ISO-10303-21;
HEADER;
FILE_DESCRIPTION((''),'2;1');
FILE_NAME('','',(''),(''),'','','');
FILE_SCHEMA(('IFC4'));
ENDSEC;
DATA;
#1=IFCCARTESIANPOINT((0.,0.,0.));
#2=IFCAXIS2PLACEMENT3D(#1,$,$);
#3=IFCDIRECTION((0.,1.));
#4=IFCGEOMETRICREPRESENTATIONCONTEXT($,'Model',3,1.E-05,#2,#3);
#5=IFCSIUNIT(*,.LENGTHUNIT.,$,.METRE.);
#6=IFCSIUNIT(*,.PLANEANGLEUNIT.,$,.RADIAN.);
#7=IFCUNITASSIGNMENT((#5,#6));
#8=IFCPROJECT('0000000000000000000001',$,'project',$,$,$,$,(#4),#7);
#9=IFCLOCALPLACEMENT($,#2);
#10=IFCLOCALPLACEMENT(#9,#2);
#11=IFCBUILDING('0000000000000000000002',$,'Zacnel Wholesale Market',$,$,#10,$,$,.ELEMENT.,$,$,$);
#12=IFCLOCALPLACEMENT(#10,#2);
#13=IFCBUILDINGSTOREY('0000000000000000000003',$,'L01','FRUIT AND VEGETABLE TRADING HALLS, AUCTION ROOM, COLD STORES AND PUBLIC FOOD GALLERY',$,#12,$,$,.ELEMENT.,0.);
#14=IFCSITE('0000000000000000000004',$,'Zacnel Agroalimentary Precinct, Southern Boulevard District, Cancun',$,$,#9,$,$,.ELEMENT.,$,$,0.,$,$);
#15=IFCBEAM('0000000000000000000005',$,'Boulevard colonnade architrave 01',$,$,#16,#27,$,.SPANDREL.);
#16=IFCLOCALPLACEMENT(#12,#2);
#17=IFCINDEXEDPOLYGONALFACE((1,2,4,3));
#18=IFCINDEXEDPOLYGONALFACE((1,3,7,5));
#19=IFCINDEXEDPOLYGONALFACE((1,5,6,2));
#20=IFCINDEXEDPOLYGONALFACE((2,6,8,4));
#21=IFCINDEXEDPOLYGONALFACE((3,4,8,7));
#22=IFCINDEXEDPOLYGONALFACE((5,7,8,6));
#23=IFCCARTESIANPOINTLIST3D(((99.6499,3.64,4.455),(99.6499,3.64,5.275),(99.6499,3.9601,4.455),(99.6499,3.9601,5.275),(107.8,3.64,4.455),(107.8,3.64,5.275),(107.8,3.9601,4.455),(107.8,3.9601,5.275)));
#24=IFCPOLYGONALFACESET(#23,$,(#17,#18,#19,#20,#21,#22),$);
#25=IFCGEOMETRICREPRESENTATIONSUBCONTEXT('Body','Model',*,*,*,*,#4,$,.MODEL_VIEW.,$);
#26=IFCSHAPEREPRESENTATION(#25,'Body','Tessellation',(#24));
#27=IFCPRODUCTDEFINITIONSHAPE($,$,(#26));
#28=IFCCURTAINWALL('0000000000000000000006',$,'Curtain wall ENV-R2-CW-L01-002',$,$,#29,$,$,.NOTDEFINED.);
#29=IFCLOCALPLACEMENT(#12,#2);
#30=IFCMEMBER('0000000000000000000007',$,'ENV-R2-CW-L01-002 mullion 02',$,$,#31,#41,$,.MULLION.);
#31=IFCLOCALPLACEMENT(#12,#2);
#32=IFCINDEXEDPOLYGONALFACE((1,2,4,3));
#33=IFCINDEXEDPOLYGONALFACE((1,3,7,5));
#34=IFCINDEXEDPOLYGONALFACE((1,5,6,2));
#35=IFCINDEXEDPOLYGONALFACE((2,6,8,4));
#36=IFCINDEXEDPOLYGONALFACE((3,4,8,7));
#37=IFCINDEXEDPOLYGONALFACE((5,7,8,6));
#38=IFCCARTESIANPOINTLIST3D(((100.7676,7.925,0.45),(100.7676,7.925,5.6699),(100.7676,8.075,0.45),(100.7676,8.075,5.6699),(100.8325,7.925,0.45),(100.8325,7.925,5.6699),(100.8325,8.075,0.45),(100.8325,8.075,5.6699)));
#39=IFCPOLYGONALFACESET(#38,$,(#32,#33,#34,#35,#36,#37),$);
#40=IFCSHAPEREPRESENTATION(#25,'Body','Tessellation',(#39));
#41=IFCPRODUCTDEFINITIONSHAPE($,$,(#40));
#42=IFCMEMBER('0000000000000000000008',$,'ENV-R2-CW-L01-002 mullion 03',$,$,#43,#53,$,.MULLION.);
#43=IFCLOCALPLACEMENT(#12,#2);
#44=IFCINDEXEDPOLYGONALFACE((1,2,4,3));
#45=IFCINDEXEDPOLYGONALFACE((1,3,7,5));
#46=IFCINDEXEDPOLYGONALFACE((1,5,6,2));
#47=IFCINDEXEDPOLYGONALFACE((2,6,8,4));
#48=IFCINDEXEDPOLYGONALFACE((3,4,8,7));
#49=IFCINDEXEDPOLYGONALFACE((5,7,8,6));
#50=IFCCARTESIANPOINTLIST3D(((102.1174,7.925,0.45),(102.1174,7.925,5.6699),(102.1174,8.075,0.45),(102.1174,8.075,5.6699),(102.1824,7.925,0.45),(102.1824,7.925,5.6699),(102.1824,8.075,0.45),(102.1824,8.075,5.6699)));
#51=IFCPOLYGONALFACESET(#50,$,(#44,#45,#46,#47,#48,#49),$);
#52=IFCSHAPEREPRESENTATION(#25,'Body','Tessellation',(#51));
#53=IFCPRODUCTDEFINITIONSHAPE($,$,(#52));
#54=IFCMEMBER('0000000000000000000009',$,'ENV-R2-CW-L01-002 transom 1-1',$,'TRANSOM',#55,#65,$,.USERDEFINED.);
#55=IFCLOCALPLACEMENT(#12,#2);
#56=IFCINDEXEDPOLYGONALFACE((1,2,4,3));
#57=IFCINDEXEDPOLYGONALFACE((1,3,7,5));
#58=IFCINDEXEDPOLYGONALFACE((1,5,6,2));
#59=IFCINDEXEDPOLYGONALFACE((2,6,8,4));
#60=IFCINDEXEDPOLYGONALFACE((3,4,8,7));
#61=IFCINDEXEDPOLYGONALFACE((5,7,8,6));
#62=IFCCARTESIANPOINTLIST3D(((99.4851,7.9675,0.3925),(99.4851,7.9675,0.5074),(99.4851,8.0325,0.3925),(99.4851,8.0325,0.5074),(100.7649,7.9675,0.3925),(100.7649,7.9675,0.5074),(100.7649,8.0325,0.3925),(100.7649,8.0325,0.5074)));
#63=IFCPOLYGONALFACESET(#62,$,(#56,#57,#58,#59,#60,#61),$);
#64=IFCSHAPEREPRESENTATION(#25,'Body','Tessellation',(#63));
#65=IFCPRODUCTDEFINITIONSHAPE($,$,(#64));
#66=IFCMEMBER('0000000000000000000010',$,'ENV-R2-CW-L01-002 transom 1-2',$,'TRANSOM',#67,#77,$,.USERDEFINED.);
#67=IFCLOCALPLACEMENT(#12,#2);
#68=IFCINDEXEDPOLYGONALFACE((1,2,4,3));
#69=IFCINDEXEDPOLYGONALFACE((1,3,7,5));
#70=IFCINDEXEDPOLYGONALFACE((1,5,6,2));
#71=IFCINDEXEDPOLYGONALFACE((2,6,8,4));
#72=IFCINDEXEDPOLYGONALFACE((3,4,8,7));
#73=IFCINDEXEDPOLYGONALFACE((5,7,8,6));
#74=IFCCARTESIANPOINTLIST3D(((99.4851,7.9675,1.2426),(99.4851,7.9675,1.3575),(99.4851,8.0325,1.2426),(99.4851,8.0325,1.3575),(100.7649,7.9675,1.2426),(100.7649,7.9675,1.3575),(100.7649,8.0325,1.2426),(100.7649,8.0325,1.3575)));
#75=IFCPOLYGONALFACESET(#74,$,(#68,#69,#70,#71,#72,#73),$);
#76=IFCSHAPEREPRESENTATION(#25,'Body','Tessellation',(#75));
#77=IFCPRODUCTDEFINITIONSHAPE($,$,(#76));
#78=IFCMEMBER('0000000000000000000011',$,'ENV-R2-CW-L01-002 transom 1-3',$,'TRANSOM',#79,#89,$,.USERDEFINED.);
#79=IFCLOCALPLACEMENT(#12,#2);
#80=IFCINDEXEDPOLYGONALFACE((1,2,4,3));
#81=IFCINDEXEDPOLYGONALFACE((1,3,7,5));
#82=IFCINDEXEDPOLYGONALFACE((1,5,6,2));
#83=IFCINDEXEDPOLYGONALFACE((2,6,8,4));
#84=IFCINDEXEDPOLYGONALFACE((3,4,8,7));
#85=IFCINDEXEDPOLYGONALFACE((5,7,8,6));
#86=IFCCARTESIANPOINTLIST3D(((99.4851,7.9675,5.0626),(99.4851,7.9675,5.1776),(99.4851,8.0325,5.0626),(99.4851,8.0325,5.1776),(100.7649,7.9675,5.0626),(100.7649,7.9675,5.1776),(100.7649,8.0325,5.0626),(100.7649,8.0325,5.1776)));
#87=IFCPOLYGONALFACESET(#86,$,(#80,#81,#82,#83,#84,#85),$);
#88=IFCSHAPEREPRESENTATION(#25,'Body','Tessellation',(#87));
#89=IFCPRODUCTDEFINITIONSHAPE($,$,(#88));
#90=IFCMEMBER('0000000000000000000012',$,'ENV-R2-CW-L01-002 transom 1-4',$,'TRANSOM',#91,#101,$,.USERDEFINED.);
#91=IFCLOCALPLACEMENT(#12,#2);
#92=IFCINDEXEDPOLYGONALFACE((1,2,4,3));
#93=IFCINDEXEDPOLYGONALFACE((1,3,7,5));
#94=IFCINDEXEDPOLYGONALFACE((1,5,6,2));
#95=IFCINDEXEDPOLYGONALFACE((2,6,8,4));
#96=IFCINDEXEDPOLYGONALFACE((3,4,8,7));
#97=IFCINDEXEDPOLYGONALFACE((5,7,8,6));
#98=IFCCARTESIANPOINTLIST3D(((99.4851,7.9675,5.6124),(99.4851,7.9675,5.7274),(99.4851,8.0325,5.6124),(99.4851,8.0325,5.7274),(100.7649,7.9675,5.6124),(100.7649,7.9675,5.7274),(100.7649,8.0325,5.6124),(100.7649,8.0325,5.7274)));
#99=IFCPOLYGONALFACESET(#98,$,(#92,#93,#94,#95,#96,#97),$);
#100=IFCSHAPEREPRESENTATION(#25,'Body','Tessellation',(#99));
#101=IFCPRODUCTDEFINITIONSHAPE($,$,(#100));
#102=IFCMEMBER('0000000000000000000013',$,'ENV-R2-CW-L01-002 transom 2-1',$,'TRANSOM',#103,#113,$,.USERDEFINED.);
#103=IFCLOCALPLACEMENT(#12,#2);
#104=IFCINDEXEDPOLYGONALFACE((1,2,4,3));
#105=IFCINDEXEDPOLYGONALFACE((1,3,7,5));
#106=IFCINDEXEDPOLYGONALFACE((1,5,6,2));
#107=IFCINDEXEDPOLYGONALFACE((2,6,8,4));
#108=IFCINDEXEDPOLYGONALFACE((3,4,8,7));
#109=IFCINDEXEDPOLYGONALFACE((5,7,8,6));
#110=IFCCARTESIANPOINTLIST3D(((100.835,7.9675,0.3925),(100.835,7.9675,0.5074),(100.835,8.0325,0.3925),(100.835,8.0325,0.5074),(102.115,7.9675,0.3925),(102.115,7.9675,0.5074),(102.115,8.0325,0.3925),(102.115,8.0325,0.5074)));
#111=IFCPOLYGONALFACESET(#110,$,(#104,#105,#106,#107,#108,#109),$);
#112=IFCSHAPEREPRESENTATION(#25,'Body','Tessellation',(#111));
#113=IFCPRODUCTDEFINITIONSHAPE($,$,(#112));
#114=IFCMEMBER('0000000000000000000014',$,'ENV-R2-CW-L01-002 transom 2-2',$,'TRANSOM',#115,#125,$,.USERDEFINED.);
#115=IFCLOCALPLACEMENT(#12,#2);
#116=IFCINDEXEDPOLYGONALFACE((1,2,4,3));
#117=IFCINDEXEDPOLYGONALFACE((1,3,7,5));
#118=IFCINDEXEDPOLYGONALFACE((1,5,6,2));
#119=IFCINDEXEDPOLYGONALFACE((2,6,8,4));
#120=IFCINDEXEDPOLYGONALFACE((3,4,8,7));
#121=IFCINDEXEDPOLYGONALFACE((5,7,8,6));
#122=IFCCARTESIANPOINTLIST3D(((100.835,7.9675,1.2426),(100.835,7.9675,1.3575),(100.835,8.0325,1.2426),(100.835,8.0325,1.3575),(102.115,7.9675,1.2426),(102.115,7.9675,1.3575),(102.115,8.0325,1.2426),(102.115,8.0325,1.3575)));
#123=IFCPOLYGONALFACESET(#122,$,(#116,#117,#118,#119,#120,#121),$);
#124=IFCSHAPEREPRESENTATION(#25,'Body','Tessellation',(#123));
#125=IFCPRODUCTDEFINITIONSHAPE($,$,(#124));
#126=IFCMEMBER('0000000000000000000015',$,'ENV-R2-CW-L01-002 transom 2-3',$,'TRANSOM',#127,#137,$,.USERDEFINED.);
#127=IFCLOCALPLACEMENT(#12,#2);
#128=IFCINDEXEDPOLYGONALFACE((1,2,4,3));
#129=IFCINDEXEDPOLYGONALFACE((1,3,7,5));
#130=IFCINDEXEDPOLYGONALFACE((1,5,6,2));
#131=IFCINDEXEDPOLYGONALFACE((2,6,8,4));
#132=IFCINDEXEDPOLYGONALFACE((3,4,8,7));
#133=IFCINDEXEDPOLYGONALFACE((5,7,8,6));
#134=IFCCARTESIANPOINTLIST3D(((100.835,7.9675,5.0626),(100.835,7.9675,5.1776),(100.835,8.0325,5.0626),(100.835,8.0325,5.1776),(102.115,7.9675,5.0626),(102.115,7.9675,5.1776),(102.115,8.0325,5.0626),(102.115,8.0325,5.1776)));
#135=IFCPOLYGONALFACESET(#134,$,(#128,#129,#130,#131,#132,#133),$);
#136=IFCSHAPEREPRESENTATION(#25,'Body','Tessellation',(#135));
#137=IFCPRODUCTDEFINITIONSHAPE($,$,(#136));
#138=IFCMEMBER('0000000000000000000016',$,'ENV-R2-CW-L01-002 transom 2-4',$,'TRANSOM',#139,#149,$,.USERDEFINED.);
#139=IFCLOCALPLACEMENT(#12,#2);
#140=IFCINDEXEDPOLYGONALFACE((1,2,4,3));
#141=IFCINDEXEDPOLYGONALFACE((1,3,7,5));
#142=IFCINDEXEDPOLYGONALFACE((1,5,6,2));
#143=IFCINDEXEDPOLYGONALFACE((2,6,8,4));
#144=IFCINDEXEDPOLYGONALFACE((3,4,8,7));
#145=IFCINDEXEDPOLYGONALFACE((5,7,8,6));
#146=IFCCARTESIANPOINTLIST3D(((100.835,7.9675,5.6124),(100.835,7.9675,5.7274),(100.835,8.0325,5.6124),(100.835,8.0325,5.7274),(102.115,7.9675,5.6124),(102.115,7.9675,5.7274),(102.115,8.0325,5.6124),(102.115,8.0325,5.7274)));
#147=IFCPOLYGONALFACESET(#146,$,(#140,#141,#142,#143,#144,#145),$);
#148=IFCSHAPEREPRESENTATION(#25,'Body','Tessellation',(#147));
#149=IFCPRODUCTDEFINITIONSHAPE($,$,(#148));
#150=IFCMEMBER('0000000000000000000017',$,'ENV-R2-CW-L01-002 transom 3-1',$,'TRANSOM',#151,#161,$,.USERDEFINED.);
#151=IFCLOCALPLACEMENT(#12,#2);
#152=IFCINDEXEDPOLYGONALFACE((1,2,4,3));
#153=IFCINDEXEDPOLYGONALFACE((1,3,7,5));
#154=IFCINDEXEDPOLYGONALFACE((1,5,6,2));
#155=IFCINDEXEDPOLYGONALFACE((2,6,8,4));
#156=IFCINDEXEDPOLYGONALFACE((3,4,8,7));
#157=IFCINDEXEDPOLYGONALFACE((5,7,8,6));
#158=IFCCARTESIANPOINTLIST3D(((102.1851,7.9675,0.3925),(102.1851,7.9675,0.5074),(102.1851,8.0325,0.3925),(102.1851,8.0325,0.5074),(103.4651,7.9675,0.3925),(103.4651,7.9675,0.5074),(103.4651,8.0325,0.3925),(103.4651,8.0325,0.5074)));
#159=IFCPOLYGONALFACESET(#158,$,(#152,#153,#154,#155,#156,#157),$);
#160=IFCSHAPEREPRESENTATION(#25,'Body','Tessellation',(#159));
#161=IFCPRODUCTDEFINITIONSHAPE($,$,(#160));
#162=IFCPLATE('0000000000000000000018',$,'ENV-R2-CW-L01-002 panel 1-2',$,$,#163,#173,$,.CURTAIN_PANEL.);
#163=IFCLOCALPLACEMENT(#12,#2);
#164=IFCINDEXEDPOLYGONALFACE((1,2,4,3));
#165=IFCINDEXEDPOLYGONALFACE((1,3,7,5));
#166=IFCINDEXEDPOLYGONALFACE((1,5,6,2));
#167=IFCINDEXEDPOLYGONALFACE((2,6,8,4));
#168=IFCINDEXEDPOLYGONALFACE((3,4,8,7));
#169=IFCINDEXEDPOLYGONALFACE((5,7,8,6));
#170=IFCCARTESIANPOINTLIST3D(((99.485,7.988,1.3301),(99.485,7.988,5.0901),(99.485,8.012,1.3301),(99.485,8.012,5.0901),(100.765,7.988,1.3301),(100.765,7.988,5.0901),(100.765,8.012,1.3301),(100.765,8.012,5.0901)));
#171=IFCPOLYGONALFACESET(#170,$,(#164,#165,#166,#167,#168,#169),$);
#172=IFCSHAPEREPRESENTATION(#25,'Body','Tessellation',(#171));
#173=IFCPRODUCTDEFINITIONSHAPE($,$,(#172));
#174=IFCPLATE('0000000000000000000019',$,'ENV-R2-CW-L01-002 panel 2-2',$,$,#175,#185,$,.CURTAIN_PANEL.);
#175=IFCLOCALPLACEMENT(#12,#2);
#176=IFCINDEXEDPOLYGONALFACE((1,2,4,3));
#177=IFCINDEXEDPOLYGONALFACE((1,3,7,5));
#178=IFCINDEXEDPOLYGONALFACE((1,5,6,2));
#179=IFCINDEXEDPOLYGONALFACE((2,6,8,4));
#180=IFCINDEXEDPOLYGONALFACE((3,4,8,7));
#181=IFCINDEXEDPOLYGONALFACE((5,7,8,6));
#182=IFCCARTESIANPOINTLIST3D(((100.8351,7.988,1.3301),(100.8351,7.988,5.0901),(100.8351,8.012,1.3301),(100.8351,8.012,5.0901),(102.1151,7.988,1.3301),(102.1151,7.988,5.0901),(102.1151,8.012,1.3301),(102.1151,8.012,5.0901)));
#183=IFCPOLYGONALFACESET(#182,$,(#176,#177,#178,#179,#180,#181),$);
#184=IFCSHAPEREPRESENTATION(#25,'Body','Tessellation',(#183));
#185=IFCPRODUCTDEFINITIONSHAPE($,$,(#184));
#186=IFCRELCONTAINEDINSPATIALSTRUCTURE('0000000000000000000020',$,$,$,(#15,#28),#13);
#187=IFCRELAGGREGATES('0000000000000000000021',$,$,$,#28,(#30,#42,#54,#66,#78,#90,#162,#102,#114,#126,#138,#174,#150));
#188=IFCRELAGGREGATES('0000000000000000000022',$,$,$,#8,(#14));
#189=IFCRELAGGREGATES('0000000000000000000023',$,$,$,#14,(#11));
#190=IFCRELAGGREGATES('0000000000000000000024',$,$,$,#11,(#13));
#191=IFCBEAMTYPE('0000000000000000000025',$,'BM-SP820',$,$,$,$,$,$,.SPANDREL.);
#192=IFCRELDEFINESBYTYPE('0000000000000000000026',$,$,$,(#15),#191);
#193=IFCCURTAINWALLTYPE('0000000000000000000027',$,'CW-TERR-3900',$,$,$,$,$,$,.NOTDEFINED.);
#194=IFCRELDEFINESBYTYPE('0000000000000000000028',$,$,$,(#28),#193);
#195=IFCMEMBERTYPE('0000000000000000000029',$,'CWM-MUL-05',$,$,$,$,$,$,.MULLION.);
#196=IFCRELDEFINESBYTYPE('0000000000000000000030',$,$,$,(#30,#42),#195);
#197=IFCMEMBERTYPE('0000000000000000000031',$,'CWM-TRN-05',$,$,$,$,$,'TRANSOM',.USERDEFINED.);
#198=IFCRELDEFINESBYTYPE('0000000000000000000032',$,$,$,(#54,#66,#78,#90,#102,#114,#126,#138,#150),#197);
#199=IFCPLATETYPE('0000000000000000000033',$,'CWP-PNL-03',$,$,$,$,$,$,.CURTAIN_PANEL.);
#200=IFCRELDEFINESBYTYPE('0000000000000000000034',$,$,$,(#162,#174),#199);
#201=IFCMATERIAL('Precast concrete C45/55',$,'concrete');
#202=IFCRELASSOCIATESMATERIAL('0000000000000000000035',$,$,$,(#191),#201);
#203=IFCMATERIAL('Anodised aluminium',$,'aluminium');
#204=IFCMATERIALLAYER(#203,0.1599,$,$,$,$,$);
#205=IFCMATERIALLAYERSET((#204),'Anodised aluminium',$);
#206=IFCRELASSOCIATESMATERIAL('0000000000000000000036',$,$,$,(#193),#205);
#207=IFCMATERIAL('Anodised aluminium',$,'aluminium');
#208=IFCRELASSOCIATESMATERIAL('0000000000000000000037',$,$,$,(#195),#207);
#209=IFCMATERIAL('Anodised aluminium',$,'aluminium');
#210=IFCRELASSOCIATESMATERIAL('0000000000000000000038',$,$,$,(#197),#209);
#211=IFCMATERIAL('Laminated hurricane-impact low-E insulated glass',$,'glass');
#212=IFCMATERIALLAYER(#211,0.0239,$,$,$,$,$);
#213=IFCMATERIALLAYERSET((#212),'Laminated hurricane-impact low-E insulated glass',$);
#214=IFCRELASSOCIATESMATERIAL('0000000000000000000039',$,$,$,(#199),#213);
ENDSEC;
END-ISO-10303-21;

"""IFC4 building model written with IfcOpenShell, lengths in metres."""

from ifc_helpers import new_model, si_unit, direction, frame, origin, origin_2d, place, context, subcontext, project, spatial, rectangle, extrude, material, layer, layer_set, material_profile, profile_set, type_object, element, aggregate, save


model = new_model("IFC4")

# Units and contexts
model_context = context("Model", 3, precision=1e-05, world=origin(), true_north=direction((0.0, 1.0)))
body_context = subcontext(model_context, "Body", "Model", "MODEL_VIEW")
ifc_project = project(units=[si_unit("LENGTHUNIT", "METRE"), si_unit("PLANEANGLEUNIT", "RADIAN")], contexts=[model_context])

# Site, building, storey
site_placement = place(None, origin())
site = spatial("IfcSite", under=ifc_project, at=site_placement, Name="Zacnel Agroalimentary Precinct, Southern Boulevard District, Cancun", CompositionType="ELEMENT", RefElevation=0.0)
building_placement = place(site_placement, origin())
building = spatial("IfcBuilding", under=site, at=building_placement, Name="Zacnel Wholesale Market", CompositionType="ELEMENT")
storey_placement = place(building_placement, origin())
storey = spatial("IfcBuildingStorey", under=building, at=storey_placement, Name="L01", Description="FRUIT AND VEGETABLE TRADING HALLS, AUCTION ROOM, COLD STORES AND PUBLIC FOOD GALLERY", CompositionType="ELEMENT", Elevation=0.0)

# Beam
ifc_material_1 = material(Name="Precast concrete C45/55", Category="concrete")
ifc_material_profile_1 = material_profile(ifc_material_1, rectangle(XDim=0.3201, YDim=0.8201, at=origin_2d()), Name="SP 320x820")
ifc_profile_set_1 = profile_set([ifc_material_profile_1], Name="Precast concrete C45/55")
beam_type = type_object("IfcBeamType", Name="BM-SP820", PredefinedType="SPANDREL", material=ifc_profile_set_1)
beam_placement = place(storey_placement, frame((99.6499, 3.8, 4.865), z_axis=(1.0, 0.0, 0.0), x_axis=(0.0, 1.0, 0.0)))
element("IfcBeam", 1, at=beam_placement, inside=storey, type_object=beam_type, Name="Boulevard colonnade architrave 01", PredefinedType="SPANDREL", context=body_context, shape_type="SweptSolid", body=[
    extrude(rectangle(XDim=0.3201, YDim=0.8201, at=origin_2d()), origin(), (0.0, 0.0, 1.0), 8.1501),
])

# Curtain wall, members, plates
ifc_material_2 = material(Name="Anodised aluminium", Category="aluminium")
ifc_layer_1 = layer(ifc_material_2, 0.1599)
ifc_layer_set_1 = layer_set([ifc_layer_1], Name="Anodised aluminium")
curtain_wall_type = type_object("IfcCurtainWallType", Name="CW-TERR-3900", PredefinedType="NOTDEFINED", material=ifc_layer_set_1)
curtain_wall_placement = place(storey_placement, origin())
curtain_wall = element("IfcCurtainWall", 2, at=curtain_wall_placement, inside=storey, type_object=curtain_wall_type, Name="Curtain wall ENV-R2-CW-L01-002", PredefinedType="NOTDEFINED")
ifc_material_3 = material(Name="Anodised aluminium", Category="aluminium")
ifc_material_profile_2 = material_profile(ifc_material_3, rectangle(XDim=0.0649, YDim=0.1499, at=origin_2d()), Name="AW-MULLION 65x150")
ifc_profile_set_2 = profile_set([ifc_material_profile_2], Name="Anodised aluminium")
member_type_1 = type_object("IfcMemberType", Name="CWM-MUL-05", PredefinedType="MULLION", material=ifc_profile_set_2)
member_1_placement = place(storey_placement, frame((100.8, 8.0, 0.45), z_axis=(0.0, 0.0, 1.0), x_axis=(1.0, 0.0, 0.0)))
member_1 = element("IfcMember", 3, at=member_1_placement, type_object=member_type_1, Name="ENV-R2-CW-L01-002 mullion 02", PredefinedType="MULLION", context=body_context, shape_type="SweptSolid", body=[
    extrude(rectangle(XDim=0.0649, YDim=0.1499, at=origin_2d()), origin(), (0.0, 0.0, 1.0), 5.22),
])
member_2_placement = place(storey_placement, frame((102.1499, 8.0, 0.45), z_axis=(0.0, 0.0, 1.0), x_axis=(1.0, 0.0, 0.0)))
member_2 = element("IfcMember", 4, at=member_2_placement, type_object=member_type_1, Name="ENV-R2-CW-L01-002 mullion 03", PredefinedType="MULLION", context=body_context, shape_type="SweptSolid", body=[
    extrude(rectangle(XDim=0.0649, YDim=0.1499, at=origin_2d()), origin(), (0.0, 0.0, 1.0), 5.22),
])
ifc_material_4 = material(Name="Anodised aluminium", Category="aluminium")
ifc_material_profile_3 = material_profile(ifc_material_4, rectangle(XDim=0.0649, YDim=0.115, at=origin_2d()), Name="AW-TRANSOM 65x115")
ifc_profile_set_3 = profile_set([ifc_material_profile_3], Name="Anodised aluminium")
member_type_2 = type_object("IfcMemberType", Name="CWM-TRN-05", ElementType="TRANSOM", PredefinedType="USERDEFINED", material=ifc_profile_set_3)
member_3_placement = place(storey_placement, frame((99.4851, 8.0, 0.45), z_axis=(1.0, 0.0, 0.0), x_axis=(0.0, 1.0, 0.0)))
member_3 = element("IfcMember", 5, at=member_3_placement, type_object=member_type_2, Name="ENV-R2-CW-L01-002 transom 1-1", ObjectType="TRANSOM", PredefinedType="USERDEFINED", context=body_context, shape_type="SweptSolid", body=[
    extrude(rectangle(XDim=0.0649, YDim=0.115, at=origin_2d()), origin(), (0.0, 0.0, 1.0), 1.2798),
])
member_4_placement = place(storey_placement, frame((99.4851, 8.0, 1.3), z_axis=(1.0, 0.0, 0.0), x_axis=(0.0, 1.0, 0.0)))
member_4 = element("IfcMember", 6, at=member_4_placement, type_object=member_type_2, Name="ENV-R2-CW-L01-002 transom 1-2", ObjectType="TRANSOM", PredefinedType="USERDEFINED", context=body_context, shape_type="SweptSolid", body=[
    extrude(rectangle(XDim=0.0649, YDim=0.115, at=origin_2d()), origin(), (0.0, 0.0, 1.0), 1.2798),
])
member_5_placement = place(storey_placement, frame((99.4851, 8.0, 5.1201), z_axis=(1.0, 0.0, 0.0), x_axis=(0.0, 1.0, 0.0)))
member_5 = element("IfcMember", 7, at=member_5_placement, type_object=member_type_2, Name="ENV-R2-CW-L01-002 transom 1-3", ObjectType="TRANSOM", PredefinedType="USERDEFINED", context=body_context, shape_type="SweptSolid", body=[
    extrude(rectangle(XDim=0.0649, YDim=0.115, at=origin_2d()), origin(), (0.0, 0.0, 1.0), 1.2798),
])
member_6_placement = place(storey_placement, frame((99.4851, 8.0, 5.6699), z_axis=(1.0, 0.0, 0.0), x_axis=(0.0, 1.0, 0.0)))
member_6 = element("IfcMember", 8, at=member_6_placement, type_object=member_type_2, Name="ENV-R2-CW-L01-002 transom 1-4", ObjectType="TRANSOM", PredefinedType="USERDEFINED", context=body_context, shape_type="SweptSolid", body=[
    extrude(rectangle(XDim=0.0649, YDim=0.115, at=origin_2d()), origin(), (0.0, 0.0, 1.0), 1.2798),
])
member_7_placement = place(storey_placement, frame((100.835, 8.0, 0.45), z_axis=(1.0, 0.0, 0.0), x_axis=(0.0, 1.0, 0.0)))
member_7 = element("IfcMember", 9, at=member_7_placement, type_object=member_type_2, Name="ENV-R2-CW-L01-002 transom 2-1", ObjectType="TRANSOM", PredefinedType="USERDEFINED", context=body_context, shape_type="SweptSolid", body=[
    extrude(rectangle(XDim=0.0649, YDim=0.115, at=origin_2d()), origin(), (0.0, 0.0, 1.0), 1.28),
])
member_8_placement = place(storey_placement, frame((100.835, 8.0, 1.3), z_axis=(1.0, 0.0, 0.0), x_axis=(0.0, 1.0, 0.0)))
member_8 = element("IfcMember", 10, at=member_8_placement, type_object=member_type_2, Name="ENV-R2-CW-L01-002 transom 2-2", ObjectType="TRANSOM", PredefinedType="USERDEFINED", context=body_context, shape_type="SweptSolid", body=[
    extrude(rectangle(XDim=0.0649, YDim=0.115, at=origin_2d()), origin(), (0.0, 0.0, 1.0), 1.28),
])
member_9_placement = place(storey_placement, frame((100.835, 8.0, 5.1201), z_axis=(1.0, 0.0, 0.0), x_axis=(0.0, 1.0, 0.0)))
member_9 = element("IfcMember", 11, at=member_9_placement, type_object=member_type_2, Name="ENV-R2-CW-L01-002 transom 2-3", ObjectType="TRANSOM", PredefinedType="USERDEFINED", context=body_context, shape_type="SweptSolid", body=[
    extrude(rectangle(XDim=0.0649, YDim=0.115, at=origin_2d()), origin(), (0.0, 0.0, 1.0), 1.28),
])
member_10_placement = place(storey_placement, frame((100.835, 8.0, 5.6699), z_axis=(1.0, 0.0, 0.0), x_axis=(0.0, 1.0, 0.0)))
member_10 = element("IfcMember", 12, at=member_10_placement, type_object=member_type_2, Name="ENV-R2-CW-L01-002 transom 2-4", ObjectType="TRANSOM", PredefinedType="USERDEFINED", context=body_context, shape_type="SweptSolid", body=[
    extrude(rectangle(XDim=0.0649, YDim=0.115, at=origin_2d()), origin(), (0.0, 0.0, 1.0), 1.28),
])
member_11_placement = place(storey_placement, frame((102.1851, 8.0, 0.45), z_axis=(1.0, 0.0, 0.0), x_axis=(0.0, 1.0, 0.0)))
member_11 = element("IfcMember", 13, at=member_11_placement, type_object=member_type_2, Name="ENV-R2-CW-L01-002 transom 3-1", ObjectType="TRANSOM", PredefinedType="USERDEFINED", context=body_context, shape_type="SweptSolid", body=[
    extrude(rectangle(XDim=0.0649, YDim=0.115, at=origin_2d()), origin(), (0.0, 0.0, 1.0), 1.28),
])
ifc_material_5 = material(Name="Laminated hurricane-impact low-E insulated glass", Category="glass")
ifc_layer_2 = layer(ifc_material_5, 0.0239)
ifc_layer_set_2 = layer_set([ifc_layer_2], Name="Laminated hurricane-impact low-E insulated glass")
plate_type_1 = type_object("IfcPlateType", Name="CWP-PNL-03", PredefinedType="CURTAIN_PANEL", material=ifc_layer_set_2)
plate_1_placement = place(storey_placement, frame((100.125, 8.0, 1.3301), z_axis=(0.0, 0.0, 1.0), x_axis=(1.0, 0.0, 0.0)))
plate_1 = element("IfcPlate", 14, at=plate_1_placement, type_object=plate_type_1, Name="ENV-R2-CW-L01-002 panel 1-2", PredefinedType="CURTAIN_PANEL", context=body_context, shape_type="SweptSolid", body=[
    extrude(rectangle(XDim=1.28, YDim=0.0239, at=origin_2d()), origin(), (0.0, 0.0, 1.0), 3.76),
])
plate_2_placement = place(storey_placement, frame((101.4751, 8.0, 1.3301), z_axis=(0.0, 0.0, 1.0), x_axis=(1.0, 0.0, 0.0)))
plate_2 = element("IfcPlate", 15, at=plate_2_placement, type_object=plate_type_1, Name="ENV-R2-CW-L01-002 panel 2-2", PredefinedType="CURTAIN_PANEL", context=body_context, shape_type="SweptSolid", body=[
    extrude(rectangle(XDim=1.28, YDim=0.0239, at=origin_2d()), origin(), (0.0, 0.0, 1.0), 3.76),
])
aggregate(curtain_wall, [member_1, member_2, member_3, member_4, member_5, member_6, plate_1, member_7, member_8, member_9, member_10, plate_2, member_11])

save(model, "model.ifc")
